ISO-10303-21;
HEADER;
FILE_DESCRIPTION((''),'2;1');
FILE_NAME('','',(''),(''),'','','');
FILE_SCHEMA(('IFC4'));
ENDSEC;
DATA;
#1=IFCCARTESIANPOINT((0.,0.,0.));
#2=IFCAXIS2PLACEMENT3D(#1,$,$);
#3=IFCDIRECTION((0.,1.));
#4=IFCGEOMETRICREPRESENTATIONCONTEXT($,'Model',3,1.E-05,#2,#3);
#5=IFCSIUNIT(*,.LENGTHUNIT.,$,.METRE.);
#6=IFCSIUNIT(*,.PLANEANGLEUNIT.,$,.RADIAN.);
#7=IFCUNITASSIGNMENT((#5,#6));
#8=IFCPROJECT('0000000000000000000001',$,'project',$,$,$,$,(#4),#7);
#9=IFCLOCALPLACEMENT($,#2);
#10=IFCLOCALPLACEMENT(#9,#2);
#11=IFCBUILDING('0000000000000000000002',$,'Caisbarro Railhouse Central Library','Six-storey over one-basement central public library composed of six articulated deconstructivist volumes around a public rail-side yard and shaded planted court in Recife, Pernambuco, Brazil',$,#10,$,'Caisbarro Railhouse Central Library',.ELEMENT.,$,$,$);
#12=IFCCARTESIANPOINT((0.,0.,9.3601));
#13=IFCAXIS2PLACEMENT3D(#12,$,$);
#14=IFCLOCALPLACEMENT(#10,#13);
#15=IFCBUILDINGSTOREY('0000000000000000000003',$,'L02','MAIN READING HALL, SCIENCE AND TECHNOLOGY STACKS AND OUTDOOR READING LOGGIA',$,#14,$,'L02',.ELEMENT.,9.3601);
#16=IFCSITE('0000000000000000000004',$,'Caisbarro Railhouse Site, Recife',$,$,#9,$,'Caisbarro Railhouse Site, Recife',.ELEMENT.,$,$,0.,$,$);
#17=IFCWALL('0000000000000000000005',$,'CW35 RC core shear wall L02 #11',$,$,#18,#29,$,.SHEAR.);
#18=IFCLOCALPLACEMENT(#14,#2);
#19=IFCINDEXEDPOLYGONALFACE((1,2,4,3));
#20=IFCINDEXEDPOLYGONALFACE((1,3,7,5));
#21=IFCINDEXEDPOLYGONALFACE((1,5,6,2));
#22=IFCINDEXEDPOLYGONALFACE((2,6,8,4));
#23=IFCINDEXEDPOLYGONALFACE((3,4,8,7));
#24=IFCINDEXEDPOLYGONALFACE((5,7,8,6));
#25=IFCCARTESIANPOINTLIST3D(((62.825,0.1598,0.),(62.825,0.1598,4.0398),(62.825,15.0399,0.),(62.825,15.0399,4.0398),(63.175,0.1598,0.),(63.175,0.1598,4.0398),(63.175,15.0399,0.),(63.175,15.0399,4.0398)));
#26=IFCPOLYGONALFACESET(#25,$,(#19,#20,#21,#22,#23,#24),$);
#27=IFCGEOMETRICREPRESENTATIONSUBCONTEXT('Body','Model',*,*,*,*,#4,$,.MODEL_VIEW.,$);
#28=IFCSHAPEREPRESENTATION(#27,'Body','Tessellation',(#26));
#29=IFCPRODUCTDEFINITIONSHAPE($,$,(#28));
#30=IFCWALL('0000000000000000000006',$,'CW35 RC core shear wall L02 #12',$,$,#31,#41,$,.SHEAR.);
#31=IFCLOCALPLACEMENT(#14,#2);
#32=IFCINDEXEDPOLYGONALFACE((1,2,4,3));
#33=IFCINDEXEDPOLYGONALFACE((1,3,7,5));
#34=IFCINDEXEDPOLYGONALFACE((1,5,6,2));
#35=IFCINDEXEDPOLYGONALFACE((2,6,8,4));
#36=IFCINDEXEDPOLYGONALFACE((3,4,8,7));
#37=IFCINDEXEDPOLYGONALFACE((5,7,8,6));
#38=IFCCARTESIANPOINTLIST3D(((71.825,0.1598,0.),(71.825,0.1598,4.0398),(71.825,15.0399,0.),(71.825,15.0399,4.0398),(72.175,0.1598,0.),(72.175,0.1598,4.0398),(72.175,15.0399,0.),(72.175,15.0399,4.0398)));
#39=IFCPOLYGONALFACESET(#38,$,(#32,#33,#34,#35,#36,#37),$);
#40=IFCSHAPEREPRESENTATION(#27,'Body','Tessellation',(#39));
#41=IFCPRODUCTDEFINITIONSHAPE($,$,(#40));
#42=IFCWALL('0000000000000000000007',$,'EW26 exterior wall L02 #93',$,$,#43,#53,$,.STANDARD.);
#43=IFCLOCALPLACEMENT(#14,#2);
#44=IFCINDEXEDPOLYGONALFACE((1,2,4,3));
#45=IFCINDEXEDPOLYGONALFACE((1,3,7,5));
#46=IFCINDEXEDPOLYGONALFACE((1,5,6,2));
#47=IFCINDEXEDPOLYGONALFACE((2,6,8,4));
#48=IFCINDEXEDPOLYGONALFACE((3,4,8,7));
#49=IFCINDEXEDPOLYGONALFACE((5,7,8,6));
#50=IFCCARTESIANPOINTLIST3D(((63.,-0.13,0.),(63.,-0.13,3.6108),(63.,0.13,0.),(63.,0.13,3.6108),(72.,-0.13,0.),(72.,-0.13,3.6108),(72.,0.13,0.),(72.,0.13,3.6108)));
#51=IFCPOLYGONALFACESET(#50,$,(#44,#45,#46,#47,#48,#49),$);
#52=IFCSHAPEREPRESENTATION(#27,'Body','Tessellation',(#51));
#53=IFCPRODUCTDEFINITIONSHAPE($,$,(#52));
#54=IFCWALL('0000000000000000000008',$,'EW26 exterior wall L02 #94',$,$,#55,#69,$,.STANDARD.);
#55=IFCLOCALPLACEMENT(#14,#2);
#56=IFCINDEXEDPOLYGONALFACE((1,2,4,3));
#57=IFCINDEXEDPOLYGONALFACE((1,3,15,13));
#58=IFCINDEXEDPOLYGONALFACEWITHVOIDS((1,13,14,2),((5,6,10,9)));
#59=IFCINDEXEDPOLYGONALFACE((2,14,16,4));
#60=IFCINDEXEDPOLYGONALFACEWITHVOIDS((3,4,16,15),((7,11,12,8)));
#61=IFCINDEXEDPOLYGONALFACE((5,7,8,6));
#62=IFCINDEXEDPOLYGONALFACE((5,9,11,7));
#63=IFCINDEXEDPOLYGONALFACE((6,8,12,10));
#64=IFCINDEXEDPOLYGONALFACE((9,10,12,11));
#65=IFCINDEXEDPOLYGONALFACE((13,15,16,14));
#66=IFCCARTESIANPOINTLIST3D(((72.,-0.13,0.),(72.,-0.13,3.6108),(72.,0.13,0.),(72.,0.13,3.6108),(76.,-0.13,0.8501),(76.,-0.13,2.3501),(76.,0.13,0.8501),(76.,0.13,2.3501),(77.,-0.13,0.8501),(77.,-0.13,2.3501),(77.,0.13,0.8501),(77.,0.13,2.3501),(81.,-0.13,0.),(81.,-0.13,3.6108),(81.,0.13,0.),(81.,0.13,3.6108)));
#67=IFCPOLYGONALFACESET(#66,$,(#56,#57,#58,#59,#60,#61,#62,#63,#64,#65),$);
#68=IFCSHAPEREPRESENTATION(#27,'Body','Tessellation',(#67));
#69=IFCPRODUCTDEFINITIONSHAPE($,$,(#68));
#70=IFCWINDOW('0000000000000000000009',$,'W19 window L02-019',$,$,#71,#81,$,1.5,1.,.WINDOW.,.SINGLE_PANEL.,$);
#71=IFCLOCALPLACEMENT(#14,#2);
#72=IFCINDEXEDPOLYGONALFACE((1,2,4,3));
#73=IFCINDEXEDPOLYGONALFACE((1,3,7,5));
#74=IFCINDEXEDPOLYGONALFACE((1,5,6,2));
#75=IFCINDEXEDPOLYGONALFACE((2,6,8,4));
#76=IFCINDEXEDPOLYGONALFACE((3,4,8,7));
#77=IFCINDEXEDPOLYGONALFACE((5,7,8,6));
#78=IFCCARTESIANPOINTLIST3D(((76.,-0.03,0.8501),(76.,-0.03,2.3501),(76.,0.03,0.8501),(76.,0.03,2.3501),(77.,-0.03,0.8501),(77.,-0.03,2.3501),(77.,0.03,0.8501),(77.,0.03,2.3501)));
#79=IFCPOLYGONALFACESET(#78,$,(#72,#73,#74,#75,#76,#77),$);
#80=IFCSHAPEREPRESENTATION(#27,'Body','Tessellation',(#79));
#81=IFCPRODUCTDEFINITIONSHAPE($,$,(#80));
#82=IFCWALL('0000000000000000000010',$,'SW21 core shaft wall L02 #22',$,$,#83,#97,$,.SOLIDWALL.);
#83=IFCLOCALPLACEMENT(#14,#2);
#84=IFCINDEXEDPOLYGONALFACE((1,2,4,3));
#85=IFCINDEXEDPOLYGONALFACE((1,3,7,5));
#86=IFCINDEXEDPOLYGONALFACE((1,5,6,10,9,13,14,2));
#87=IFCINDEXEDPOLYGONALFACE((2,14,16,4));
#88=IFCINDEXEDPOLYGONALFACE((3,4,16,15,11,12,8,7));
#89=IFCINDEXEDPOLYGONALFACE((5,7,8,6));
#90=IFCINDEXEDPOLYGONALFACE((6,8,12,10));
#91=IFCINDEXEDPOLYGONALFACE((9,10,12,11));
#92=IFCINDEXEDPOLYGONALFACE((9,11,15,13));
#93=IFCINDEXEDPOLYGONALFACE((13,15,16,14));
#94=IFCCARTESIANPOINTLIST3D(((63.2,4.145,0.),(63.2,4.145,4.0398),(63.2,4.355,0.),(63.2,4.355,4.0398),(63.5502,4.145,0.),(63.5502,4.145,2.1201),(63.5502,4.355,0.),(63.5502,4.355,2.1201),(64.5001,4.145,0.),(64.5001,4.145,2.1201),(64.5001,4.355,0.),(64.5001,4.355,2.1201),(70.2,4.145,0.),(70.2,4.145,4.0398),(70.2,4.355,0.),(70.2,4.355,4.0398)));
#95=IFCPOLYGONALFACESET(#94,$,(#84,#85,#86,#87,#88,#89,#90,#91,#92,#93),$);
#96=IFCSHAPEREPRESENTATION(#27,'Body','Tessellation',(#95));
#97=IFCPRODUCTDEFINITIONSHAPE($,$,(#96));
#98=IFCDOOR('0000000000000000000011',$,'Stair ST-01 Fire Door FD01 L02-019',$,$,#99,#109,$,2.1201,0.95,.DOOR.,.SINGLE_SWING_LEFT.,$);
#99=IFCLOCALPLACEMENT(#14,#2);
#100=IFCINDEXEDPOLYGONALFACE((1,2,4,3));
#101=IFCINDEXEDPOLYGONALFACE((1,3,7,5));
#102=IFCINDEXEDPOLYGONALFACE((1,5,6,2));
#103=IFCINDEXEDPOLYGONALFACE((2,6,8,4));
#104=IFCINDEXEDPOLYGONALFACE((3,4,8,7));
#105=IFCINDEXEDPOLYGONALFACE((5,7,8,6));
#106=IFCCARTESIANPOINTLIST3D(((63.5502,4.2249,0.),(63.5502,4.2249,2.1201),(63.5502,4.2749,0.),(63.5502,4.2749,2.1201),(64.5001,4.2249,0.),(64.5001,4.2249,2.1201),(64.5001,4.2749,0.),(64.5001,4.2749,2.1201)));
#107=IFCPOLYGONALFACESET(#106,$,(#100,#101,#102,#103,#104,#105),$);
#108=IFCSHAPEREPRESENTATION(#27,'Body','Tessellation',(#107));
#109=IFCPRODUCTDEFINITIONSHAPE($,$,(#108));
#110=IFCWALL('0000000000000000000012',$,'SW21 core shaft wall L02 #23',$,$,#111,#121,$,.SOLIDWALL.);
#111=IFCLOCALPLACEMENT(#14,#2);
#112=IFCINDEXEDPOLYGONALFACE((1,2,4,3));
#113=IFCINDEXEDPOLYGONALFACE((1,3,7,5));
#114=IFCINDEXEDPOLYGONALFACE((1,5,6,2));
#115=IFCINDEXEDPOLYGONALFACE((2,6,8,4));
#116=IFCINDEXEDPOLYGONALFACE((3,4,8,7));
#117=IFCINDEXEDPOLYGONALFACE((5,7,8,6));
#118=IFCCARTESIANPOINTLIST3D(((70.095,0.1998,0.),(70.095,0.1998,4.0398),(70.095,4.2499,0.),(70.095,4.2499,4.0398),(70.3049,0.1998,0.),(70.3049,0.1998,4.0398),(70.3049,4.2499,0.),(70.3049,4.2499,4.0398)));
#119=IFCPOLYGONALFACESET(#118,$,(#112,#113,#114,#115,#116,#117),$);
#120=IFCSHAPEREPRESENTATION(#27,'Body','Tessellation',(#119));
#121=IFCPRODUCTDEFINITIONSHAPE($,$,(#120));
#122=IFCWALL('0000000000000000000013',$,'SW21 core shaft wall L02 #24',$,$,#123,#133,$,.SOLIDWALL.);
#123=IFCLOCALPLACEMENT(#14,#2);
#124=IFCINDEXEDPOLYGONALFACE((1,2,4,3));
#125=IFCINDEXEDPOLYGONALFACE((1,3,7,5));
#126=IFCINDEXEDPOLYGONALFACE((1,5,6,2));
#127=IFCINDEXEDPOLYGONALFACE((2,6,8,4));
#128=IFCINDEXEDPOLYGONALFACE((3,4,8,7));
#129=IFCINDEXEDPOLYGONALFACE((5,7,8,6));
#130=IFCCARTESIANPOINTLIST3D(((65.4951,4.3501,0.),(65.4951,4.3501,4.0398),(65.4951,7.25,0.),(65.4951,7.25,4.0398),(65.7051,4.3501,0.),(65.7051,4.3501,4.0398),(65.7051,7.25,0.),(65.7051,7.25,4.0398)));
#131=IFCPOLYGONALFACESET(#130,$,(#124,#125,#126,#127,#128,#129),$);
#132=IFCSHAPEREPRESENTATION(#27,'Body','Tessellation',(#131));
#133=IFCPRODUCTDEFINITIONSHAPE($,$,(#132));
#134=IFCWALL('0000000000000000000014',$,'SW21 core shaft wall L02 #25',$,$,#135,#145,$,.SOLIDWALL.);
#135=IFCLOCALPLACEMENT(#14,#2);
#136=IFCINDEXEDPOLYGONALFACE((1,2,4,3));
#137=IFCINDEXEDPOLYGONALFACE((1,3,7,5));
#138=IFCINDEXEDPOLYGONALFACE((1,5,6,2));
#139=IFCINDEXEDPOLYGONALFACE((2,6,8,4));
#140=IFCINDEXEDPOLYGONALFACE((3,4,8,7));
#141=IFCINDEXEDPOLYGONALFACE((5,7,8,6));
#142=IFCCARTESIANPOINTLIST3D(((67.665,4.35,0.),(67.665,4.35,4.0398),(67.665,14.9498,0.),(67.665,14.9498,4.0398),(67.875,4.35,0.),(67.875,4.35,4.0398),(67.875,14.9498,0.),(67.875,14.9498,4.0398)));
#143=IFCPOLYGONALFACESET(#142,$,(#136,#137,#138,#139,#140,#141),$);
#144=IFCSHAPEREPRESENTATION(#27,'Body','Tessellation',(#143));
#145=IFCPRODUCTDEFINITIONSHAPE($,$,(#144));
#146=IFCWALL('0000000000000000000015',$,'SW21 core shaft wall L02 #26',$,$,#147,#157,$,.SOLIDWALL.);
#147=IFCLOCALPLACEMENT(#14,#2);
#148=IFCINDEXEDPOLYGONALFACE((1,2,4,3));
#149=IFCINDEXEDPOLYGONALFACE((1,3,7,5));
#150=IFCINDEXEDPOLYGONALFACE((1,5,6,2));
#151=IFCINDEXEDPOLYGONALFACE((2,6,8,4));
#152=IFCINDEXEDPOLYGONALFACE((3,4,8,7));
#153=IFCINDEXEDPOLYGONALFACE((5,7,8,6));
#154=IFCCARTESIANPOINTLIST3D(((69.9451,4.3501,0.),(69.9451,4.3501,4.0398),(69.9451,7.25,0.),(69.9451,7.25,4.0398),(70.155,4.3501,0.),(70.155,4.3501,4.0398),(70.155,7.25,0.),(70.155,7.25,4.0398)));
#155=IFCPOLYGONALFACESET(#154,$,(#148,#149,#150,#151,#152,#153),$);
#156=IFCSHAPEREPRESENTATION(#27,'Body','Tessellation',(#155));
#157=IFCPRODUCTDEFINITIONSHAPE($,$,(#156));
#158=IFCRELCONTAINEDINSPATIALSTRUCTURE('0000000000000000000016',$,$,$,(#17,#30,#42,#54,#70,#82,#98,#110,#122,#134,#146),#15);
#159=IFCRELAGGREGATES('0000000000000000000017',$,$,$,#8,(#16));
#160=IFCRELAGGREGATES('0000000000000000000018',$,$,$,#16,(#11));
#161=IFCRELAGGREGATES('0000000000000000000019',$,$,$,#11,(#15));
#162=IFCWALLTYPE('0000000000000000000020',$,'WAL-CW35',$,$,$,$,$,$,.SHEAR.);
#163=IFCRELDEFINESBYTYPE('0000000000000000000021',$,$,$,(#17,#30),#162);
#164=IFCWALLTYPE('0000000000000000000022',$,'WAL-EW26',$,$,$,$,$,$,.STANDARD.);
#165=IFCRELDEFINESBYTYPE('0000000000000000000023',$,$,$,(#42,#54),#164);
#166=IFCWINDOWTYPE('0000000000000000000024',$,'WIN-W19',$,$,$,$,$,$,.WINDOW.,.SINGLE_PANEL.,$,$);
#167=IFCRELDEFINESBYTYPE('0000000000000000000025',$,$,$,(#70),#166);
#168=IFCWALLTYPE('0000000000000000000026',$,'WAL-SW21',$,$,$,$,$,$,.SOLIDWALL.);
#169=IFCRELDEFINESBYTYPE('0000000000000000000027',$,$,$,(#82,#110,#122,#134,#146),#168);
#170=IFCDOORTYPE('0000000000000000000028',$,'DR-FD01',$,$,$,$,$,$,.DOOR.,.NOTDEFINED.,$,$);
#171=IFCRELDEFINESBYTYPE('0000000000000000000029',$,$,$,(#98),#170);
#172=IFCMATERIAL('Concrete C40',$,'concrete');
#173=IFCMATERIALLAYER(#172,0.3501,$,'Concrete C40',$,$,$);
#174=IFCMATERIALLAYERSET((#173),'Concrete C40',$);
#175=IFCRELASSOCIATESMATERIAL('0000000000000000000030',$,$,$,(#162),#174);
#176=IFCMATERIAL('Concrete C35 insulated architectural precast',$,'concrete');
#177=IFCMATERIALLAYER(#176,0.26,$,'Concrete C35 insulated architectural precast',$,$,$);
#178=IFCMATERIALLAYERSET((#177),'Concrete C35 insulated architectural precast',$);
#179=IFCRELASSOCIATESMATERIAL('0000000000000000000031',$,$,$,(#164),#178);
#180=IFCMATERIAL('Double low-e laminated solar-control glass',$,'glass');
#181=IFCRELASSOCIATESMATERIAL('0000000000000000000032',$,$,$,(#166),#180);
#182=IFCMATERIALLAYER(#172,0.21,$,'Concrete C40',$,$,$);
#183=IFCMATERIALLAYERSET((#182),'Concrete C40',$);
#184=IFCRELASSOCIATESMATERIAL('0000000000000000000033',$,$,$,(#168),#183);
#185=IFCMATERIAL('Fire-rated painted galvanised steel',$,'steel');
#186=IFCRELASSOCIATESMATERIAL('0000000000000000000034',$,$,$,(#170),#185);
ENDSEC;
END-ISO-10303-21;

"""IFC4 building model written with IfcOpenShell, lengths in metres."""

from ifc_helpers import new_model, si_unit, direction, frame, frame_2d, origin, place, context, subcontext, project, spatial, rectangle, extrude, material, layer, layer_set, type_object, element, fill, save


model = new_model("IFC4")

# Units and contexts
model_context = context("Model", 3, precision=1e-05, world=origin(), true_north=direction((0.0, 1.0)))
body_context = subcontext(model_context, "Body", "Model", "MODEL_VIEW")
ifc_project = project(units=[si_unit("LENGTHUNIT", "METRE"), si_unit("PLANEANGLEUNIT", "RADIAN")], contexts=[model_context])

# Site, building, storey
site_placement = place(None, origin())
site = spatial("IfcSite", under=ifc_project, at=site_placement, Name="Caisbarro Railhouse Site, Recife", LongName="Caisbarro Railhouse Site, Recife", CompositionType="ELEMENT", RefElevation=0.0)
building_placement = place(site_placement, origin())
building = spatial("IfcBuilding", under=site, at=building_placement, Name="Caisbarro Railhouse Central Library", Description="Six-storey over one-basement central public library composed of six articulated deconstructivist volumes around a public rail-side yard and shaded planted court in Recife, Pernambuco, Brazil", LongName="Caisbarro Railhouse Central Library", CompositionType="ELEMENT")
storey_placement = place(building_placement, frame((0.0, 0.0, 9.3601)))
storey = spatial("IfcBuildingStorey", under=building, at=storey_placement, Name="L02", Description="MAIN READING HALL, SCIENCE AND TECHNOLOGY STACKS AND OUTDOOR READING LOGGIA", LongName="L02", CompositionType="ELEMENT", Elevation=9.3601)

# Walls
ifc_material_1 = material(Name="Concrete C40", Category="concrete")
ifc_layer_1 = layer(ifc_material_1, 0.3501, Name="Concrete C40")
ifc_layer_set_1 = layer_set([ifc_layer_1], Name="Concrete C40")
wall_type_1 = type_object("IfcWallType", Name="WAL-CW35", PredefinedType="SHEAR", material=ifc_layer_set_1)
for number, where, z_axis, x_axis, name in (
    (1, (63.0, 0.1599, 0.0), (0.0, 0.0, 1.0), (0.0, 1.0, 0.0), "CW35 RC core shear wall L02 #11"),
    (2, (72.0, 0.1599, 0.0), (0.0, 0.0, 1.0), (0.0, 1.0, 0.0), "CW35 RC core shear wall L02 #12"),
):
    element("IfcWall", number, at=place(storey_placement, frame(where, z_axis=z_axis, x_axis=x_axis)), inside=storey, type_object=wall_type_1, Name=name, PredefinedType="SHEAR", context=body_context, shape_type="SweptSolid", body=[
        extrude(rectangle(XDim=14.8801, YDim=0.3501, at=frame_2d((7.4399, 0.0))), origin(), (0.0, 0.0, 1.0), 4.0398),
    ])
ifc_material_2 = material(Name="Concrete C35 insulated architectural precast", Category="concrete")
ifc_layer_2 = layer(ifc_material_2, 0.26, Name="Concrete C35 insulated architectural precast")
ifc_layer_set_2 = layer_set([ifc_layer_2], Name="Concrete C35 insulated architectural precast")
wall_type_2 = type_object("IfcWallType", Name="WAL-EW26", PredefinedType="STANDARD", material=ifc_layer_set_2)
wall_1_placement = place(storey_placement, frame((63.0, 0.0, 0.0), z_axis=(0.0, 0.0, 1.0), x_axis=(1.0, 0.0, 0.0)))
element("IfcWall", 3, at=wall_1_placement, inside=storey, type_object=wall_type_2, Name="EW26 exterior wall L02 #93", PredefinedType="STANDARD", context=body_context, shape_type="SweptSolid", body=[
    extrude(rectangle(XDim=9.0, YDim=0.26, at=frame_2d((4.5, 0.0))), origin(), (0.0, 0.0, 1.0), 3.6108),
])

# Wall, opening, window
wall_2_placement = place(storey_placement, frame((72.0, 0.0, 0.0), z_axis=(0.0, 0.0, 1.0), x_axis=(1.0, 0.0, 0.0)))
wall_2 = element("IfcWall", 4, at=wall_2_placement, inside=storey, type_object=wall_type_2, Name="EW26 exterior wall L02 #94", PredefinedType="STANDARD", context=body_context, shape_type="SweptSolid", body=[
    extrude(rectangle(XDim=9.0, YDim=0.26, at=frame_2d((4.5, 0.0))), origin(), (0.0, 0.0, 1.0), 3.6108),
])
opening_1_placement = place(wall_2_placement, frame((4.0, 0.0, 0.8501)))
opening_1 = element("IfcOpeningElement", 5, at=opening_1_placement, cuts=wall_2, PredefinedType="OPENING", context=body_context, shape_type="SweptSolid", body=[
    extrude(rectangle(XDim=1.0, YDim=1.5, at=frame_2d((0.5, 0.75))), frame((0.0, 0.1401, 0.0), z_axis=(0.0, -1.0, 0.0), x_axis=(1.0, 0.0, 0.0)), (0.0, 0.0, 1.0), 0.28),
])
ifc_material_3 = material(Name="Double low-e laminated solar-control glass", Category="glass")
window_type = type_object("IfcWindowType", Name="WIN-W19", PartitioningType="SINGLE_PANEL", PredefinedType="WINDOW", material=ifc_material_3)
window_placement = place(opening_1_placement, origin())
window = element("IfcWindow", 6, at=window_placement, inside=storey, type_object=window_type, Name="W19 window L02-019", OverallHeight=1.5, OverallWidth=1.0, PartitioningType="SINGLE_PANEL", PredefinedType="WINDOW", context=body_context, shape_type="SweptSolid", body=[
    extrude(rectangle(XDim=1.0, YDim=1.5, at=frame_2d((0.5, 0.75))), frame((0.0, 0.03, 0.0), z_axis=(0.0, -1.0, 0.0), x_axis=(1.0, 0.0, 0.0)), (0.0, 0.0, 1.0), 0.0601),
])
fill(opening_1, window)

# Wall, opening, door
ifc_layer_3 = layer(ifc_material_1, 0.21, Name="Concrete C40")
ifc_layer_set_3 = layer_set([ifc_layer_3], Name="Concrete C40")
wall_type_3 = type_object("IfcWallType", Name="WAL-SW21", PredefinedType="SOLIDWALL", material=ifc_layer_set_3)
wall_3_placement = place(storey_placement, frame((63.2, 4.25, 0.0), z_axis=(0.0, 0.0, 1.0), x_axis=(1.0, 0.0, 0.0)))
wall_3 = element("IfcWall", 7, at=wall_3_placement, inside=storey, type_object=wall_type_3, Name="SW21 core shaft wall L02 #22", PredefinedType="SOLIDWALL", context=body_context, shape_type="SweptSolid", body=[
    extrude(rectangle(XDim=7.0, YDim=0.21, at=frame_2d((3.5, 0.0))), origin(), (0.0, 0.0, 1.0), 4.0398),
])
opening_2_placement = place(wall_3_placement, frame((0.3501, 0.0, 0.0)))
opening_2 = element("IfcOpeningElement", 8, at=opening_2_placement, cuts=wall_3, PredefinedType="OPENING", context=body_context, shape_type="SweptSolid", body=[
    extrude(rectangle(XDim=0.95, YDim=2.1201, at=frame_2d((0.4751, 1.0601))), frame((0.0, 0.115, 0.0), z_axis=(0.0, -1.0, 0.0), x_axis=(1.0, 0.0, 0.0)), (0.0, 0.0, 1.0), 0.23),
])
ifc_material_4 = material(Name="Fire-rated painted galvanised steel", Category="steel")
door_type_1 = type_object("IfcDoorType", Name="DR-FD01", OperationType="NOTDEFINED", PredefinedType="DOOR", material=ifc_material_4)
door_1_placement = place(opening_2_placement, origin())
door_1 = element("IfcDoor", 9, at=door_1_placement, inside=storey, type_object=door_type_1, Name="Stair ST-01 Fire Door FD01 L02-019", OperationType="SINGLE_SWING_LEFT", OverallHeight=2.1201, OverallWidth=0.95, PredefinedType="DOOR", context=body_context, shape_type="SweptSolid", body=[
    extrude(rectangle(XDim=0.95, YDim=2.1201, at=frame_2d((0.4751, 1.0601))), frame((0.0, 0.0249, 0.0), z_axis=(0.0, -1.0, 0.0), x_axis=(1.0, 0.0, 0.0)), (0.0, 0.0, 1.0), 0.05),
])
fill(opening_2, door_1)

# Walls
wall_4_placement = place(storey_placement, frame((70.2, 0.2, 0.0), z_axis=(0.0, 0.0, 1.0), x_axis=(0.0, 1.0, 0.0)))
element("IfcWall", 10, at=wall_4_placement, inside=storey, type_object=wall_type_3, Name="SW21 core shaft wall L02 #23", PredefinedType="SOLIDWALL", context=body_context, shape_type="SweptSolid", body=[
    extrude(rectangle(XDim=4.05, YDim=0.21, at=frame_2d((2.0249, 0.0))), origin(), (0.0, 0.0, 1.0), 4.0398),
])
wall_5_placement = place(storey_placement, frame((65.6001, 4.3501, 0.0), z_axis=(0.0, 0.0, 1.0), x_axis=(0.0, 1.0, 0.0)))
element("IfcWall", 11, at=wall_5_placement, inside=storey, type_object=wall_type_3, Name="SW21 core shaft wall L02 #24", PredefinedType="SOLIDWALL", context=body_context, shape_type="SweptSolid", body=[
    extrude(rectangle(XDim=2.8999, YDim=0.21, at=frame_2d((1.45, 0.0))), origin(), (0.0, 0.0, 1.0), 4.0398),
])
wall_6_placement = place(storey_placement, frame((67.77, 4.3501, 0.0), z_axis=(0.0, 0.0, 1.0), x_axis=(0.0, 1.0, 0.0)))
element("IfcWall", 12, at=wall_6_placement, inside=storey, type_object=wall_type_3, Name="SW21 core shaft wall L02 #25", PredefinedType="SOLIDWALL", context=body_context, shape_type="SweptSolid", body=[
    extrude(rectangle(XDim=10.5999, YDim=0.21, at=frame_2d((5.2998, 0.0))), origin(), (0.0, 0.0, 1.0), 4.0398),
])
wall_7_placement = place(storey_placement, frame((70.05, 4.3501, 0.0), z_axis=(0.0, 0.0, 1.0), x_axis=(0.0, 1.0, 0.0)))
element("IfcWall", 13, at=wall_7_placement, inside=storey, type_object=wall_type_3, Name="SW21 core shaft wall L02 #26", PredefinedType="SOLIDWALL", context=body_context, shape_type="SweptSolid", body=[
    extrude(rectangle(XDim=2.8999, YDim=0.21, at=frame_2d((1.45, 0.0))), origin(), (0.0, 0.0, 1.0), 4.0398),
])

save(model, "model.ifc")
